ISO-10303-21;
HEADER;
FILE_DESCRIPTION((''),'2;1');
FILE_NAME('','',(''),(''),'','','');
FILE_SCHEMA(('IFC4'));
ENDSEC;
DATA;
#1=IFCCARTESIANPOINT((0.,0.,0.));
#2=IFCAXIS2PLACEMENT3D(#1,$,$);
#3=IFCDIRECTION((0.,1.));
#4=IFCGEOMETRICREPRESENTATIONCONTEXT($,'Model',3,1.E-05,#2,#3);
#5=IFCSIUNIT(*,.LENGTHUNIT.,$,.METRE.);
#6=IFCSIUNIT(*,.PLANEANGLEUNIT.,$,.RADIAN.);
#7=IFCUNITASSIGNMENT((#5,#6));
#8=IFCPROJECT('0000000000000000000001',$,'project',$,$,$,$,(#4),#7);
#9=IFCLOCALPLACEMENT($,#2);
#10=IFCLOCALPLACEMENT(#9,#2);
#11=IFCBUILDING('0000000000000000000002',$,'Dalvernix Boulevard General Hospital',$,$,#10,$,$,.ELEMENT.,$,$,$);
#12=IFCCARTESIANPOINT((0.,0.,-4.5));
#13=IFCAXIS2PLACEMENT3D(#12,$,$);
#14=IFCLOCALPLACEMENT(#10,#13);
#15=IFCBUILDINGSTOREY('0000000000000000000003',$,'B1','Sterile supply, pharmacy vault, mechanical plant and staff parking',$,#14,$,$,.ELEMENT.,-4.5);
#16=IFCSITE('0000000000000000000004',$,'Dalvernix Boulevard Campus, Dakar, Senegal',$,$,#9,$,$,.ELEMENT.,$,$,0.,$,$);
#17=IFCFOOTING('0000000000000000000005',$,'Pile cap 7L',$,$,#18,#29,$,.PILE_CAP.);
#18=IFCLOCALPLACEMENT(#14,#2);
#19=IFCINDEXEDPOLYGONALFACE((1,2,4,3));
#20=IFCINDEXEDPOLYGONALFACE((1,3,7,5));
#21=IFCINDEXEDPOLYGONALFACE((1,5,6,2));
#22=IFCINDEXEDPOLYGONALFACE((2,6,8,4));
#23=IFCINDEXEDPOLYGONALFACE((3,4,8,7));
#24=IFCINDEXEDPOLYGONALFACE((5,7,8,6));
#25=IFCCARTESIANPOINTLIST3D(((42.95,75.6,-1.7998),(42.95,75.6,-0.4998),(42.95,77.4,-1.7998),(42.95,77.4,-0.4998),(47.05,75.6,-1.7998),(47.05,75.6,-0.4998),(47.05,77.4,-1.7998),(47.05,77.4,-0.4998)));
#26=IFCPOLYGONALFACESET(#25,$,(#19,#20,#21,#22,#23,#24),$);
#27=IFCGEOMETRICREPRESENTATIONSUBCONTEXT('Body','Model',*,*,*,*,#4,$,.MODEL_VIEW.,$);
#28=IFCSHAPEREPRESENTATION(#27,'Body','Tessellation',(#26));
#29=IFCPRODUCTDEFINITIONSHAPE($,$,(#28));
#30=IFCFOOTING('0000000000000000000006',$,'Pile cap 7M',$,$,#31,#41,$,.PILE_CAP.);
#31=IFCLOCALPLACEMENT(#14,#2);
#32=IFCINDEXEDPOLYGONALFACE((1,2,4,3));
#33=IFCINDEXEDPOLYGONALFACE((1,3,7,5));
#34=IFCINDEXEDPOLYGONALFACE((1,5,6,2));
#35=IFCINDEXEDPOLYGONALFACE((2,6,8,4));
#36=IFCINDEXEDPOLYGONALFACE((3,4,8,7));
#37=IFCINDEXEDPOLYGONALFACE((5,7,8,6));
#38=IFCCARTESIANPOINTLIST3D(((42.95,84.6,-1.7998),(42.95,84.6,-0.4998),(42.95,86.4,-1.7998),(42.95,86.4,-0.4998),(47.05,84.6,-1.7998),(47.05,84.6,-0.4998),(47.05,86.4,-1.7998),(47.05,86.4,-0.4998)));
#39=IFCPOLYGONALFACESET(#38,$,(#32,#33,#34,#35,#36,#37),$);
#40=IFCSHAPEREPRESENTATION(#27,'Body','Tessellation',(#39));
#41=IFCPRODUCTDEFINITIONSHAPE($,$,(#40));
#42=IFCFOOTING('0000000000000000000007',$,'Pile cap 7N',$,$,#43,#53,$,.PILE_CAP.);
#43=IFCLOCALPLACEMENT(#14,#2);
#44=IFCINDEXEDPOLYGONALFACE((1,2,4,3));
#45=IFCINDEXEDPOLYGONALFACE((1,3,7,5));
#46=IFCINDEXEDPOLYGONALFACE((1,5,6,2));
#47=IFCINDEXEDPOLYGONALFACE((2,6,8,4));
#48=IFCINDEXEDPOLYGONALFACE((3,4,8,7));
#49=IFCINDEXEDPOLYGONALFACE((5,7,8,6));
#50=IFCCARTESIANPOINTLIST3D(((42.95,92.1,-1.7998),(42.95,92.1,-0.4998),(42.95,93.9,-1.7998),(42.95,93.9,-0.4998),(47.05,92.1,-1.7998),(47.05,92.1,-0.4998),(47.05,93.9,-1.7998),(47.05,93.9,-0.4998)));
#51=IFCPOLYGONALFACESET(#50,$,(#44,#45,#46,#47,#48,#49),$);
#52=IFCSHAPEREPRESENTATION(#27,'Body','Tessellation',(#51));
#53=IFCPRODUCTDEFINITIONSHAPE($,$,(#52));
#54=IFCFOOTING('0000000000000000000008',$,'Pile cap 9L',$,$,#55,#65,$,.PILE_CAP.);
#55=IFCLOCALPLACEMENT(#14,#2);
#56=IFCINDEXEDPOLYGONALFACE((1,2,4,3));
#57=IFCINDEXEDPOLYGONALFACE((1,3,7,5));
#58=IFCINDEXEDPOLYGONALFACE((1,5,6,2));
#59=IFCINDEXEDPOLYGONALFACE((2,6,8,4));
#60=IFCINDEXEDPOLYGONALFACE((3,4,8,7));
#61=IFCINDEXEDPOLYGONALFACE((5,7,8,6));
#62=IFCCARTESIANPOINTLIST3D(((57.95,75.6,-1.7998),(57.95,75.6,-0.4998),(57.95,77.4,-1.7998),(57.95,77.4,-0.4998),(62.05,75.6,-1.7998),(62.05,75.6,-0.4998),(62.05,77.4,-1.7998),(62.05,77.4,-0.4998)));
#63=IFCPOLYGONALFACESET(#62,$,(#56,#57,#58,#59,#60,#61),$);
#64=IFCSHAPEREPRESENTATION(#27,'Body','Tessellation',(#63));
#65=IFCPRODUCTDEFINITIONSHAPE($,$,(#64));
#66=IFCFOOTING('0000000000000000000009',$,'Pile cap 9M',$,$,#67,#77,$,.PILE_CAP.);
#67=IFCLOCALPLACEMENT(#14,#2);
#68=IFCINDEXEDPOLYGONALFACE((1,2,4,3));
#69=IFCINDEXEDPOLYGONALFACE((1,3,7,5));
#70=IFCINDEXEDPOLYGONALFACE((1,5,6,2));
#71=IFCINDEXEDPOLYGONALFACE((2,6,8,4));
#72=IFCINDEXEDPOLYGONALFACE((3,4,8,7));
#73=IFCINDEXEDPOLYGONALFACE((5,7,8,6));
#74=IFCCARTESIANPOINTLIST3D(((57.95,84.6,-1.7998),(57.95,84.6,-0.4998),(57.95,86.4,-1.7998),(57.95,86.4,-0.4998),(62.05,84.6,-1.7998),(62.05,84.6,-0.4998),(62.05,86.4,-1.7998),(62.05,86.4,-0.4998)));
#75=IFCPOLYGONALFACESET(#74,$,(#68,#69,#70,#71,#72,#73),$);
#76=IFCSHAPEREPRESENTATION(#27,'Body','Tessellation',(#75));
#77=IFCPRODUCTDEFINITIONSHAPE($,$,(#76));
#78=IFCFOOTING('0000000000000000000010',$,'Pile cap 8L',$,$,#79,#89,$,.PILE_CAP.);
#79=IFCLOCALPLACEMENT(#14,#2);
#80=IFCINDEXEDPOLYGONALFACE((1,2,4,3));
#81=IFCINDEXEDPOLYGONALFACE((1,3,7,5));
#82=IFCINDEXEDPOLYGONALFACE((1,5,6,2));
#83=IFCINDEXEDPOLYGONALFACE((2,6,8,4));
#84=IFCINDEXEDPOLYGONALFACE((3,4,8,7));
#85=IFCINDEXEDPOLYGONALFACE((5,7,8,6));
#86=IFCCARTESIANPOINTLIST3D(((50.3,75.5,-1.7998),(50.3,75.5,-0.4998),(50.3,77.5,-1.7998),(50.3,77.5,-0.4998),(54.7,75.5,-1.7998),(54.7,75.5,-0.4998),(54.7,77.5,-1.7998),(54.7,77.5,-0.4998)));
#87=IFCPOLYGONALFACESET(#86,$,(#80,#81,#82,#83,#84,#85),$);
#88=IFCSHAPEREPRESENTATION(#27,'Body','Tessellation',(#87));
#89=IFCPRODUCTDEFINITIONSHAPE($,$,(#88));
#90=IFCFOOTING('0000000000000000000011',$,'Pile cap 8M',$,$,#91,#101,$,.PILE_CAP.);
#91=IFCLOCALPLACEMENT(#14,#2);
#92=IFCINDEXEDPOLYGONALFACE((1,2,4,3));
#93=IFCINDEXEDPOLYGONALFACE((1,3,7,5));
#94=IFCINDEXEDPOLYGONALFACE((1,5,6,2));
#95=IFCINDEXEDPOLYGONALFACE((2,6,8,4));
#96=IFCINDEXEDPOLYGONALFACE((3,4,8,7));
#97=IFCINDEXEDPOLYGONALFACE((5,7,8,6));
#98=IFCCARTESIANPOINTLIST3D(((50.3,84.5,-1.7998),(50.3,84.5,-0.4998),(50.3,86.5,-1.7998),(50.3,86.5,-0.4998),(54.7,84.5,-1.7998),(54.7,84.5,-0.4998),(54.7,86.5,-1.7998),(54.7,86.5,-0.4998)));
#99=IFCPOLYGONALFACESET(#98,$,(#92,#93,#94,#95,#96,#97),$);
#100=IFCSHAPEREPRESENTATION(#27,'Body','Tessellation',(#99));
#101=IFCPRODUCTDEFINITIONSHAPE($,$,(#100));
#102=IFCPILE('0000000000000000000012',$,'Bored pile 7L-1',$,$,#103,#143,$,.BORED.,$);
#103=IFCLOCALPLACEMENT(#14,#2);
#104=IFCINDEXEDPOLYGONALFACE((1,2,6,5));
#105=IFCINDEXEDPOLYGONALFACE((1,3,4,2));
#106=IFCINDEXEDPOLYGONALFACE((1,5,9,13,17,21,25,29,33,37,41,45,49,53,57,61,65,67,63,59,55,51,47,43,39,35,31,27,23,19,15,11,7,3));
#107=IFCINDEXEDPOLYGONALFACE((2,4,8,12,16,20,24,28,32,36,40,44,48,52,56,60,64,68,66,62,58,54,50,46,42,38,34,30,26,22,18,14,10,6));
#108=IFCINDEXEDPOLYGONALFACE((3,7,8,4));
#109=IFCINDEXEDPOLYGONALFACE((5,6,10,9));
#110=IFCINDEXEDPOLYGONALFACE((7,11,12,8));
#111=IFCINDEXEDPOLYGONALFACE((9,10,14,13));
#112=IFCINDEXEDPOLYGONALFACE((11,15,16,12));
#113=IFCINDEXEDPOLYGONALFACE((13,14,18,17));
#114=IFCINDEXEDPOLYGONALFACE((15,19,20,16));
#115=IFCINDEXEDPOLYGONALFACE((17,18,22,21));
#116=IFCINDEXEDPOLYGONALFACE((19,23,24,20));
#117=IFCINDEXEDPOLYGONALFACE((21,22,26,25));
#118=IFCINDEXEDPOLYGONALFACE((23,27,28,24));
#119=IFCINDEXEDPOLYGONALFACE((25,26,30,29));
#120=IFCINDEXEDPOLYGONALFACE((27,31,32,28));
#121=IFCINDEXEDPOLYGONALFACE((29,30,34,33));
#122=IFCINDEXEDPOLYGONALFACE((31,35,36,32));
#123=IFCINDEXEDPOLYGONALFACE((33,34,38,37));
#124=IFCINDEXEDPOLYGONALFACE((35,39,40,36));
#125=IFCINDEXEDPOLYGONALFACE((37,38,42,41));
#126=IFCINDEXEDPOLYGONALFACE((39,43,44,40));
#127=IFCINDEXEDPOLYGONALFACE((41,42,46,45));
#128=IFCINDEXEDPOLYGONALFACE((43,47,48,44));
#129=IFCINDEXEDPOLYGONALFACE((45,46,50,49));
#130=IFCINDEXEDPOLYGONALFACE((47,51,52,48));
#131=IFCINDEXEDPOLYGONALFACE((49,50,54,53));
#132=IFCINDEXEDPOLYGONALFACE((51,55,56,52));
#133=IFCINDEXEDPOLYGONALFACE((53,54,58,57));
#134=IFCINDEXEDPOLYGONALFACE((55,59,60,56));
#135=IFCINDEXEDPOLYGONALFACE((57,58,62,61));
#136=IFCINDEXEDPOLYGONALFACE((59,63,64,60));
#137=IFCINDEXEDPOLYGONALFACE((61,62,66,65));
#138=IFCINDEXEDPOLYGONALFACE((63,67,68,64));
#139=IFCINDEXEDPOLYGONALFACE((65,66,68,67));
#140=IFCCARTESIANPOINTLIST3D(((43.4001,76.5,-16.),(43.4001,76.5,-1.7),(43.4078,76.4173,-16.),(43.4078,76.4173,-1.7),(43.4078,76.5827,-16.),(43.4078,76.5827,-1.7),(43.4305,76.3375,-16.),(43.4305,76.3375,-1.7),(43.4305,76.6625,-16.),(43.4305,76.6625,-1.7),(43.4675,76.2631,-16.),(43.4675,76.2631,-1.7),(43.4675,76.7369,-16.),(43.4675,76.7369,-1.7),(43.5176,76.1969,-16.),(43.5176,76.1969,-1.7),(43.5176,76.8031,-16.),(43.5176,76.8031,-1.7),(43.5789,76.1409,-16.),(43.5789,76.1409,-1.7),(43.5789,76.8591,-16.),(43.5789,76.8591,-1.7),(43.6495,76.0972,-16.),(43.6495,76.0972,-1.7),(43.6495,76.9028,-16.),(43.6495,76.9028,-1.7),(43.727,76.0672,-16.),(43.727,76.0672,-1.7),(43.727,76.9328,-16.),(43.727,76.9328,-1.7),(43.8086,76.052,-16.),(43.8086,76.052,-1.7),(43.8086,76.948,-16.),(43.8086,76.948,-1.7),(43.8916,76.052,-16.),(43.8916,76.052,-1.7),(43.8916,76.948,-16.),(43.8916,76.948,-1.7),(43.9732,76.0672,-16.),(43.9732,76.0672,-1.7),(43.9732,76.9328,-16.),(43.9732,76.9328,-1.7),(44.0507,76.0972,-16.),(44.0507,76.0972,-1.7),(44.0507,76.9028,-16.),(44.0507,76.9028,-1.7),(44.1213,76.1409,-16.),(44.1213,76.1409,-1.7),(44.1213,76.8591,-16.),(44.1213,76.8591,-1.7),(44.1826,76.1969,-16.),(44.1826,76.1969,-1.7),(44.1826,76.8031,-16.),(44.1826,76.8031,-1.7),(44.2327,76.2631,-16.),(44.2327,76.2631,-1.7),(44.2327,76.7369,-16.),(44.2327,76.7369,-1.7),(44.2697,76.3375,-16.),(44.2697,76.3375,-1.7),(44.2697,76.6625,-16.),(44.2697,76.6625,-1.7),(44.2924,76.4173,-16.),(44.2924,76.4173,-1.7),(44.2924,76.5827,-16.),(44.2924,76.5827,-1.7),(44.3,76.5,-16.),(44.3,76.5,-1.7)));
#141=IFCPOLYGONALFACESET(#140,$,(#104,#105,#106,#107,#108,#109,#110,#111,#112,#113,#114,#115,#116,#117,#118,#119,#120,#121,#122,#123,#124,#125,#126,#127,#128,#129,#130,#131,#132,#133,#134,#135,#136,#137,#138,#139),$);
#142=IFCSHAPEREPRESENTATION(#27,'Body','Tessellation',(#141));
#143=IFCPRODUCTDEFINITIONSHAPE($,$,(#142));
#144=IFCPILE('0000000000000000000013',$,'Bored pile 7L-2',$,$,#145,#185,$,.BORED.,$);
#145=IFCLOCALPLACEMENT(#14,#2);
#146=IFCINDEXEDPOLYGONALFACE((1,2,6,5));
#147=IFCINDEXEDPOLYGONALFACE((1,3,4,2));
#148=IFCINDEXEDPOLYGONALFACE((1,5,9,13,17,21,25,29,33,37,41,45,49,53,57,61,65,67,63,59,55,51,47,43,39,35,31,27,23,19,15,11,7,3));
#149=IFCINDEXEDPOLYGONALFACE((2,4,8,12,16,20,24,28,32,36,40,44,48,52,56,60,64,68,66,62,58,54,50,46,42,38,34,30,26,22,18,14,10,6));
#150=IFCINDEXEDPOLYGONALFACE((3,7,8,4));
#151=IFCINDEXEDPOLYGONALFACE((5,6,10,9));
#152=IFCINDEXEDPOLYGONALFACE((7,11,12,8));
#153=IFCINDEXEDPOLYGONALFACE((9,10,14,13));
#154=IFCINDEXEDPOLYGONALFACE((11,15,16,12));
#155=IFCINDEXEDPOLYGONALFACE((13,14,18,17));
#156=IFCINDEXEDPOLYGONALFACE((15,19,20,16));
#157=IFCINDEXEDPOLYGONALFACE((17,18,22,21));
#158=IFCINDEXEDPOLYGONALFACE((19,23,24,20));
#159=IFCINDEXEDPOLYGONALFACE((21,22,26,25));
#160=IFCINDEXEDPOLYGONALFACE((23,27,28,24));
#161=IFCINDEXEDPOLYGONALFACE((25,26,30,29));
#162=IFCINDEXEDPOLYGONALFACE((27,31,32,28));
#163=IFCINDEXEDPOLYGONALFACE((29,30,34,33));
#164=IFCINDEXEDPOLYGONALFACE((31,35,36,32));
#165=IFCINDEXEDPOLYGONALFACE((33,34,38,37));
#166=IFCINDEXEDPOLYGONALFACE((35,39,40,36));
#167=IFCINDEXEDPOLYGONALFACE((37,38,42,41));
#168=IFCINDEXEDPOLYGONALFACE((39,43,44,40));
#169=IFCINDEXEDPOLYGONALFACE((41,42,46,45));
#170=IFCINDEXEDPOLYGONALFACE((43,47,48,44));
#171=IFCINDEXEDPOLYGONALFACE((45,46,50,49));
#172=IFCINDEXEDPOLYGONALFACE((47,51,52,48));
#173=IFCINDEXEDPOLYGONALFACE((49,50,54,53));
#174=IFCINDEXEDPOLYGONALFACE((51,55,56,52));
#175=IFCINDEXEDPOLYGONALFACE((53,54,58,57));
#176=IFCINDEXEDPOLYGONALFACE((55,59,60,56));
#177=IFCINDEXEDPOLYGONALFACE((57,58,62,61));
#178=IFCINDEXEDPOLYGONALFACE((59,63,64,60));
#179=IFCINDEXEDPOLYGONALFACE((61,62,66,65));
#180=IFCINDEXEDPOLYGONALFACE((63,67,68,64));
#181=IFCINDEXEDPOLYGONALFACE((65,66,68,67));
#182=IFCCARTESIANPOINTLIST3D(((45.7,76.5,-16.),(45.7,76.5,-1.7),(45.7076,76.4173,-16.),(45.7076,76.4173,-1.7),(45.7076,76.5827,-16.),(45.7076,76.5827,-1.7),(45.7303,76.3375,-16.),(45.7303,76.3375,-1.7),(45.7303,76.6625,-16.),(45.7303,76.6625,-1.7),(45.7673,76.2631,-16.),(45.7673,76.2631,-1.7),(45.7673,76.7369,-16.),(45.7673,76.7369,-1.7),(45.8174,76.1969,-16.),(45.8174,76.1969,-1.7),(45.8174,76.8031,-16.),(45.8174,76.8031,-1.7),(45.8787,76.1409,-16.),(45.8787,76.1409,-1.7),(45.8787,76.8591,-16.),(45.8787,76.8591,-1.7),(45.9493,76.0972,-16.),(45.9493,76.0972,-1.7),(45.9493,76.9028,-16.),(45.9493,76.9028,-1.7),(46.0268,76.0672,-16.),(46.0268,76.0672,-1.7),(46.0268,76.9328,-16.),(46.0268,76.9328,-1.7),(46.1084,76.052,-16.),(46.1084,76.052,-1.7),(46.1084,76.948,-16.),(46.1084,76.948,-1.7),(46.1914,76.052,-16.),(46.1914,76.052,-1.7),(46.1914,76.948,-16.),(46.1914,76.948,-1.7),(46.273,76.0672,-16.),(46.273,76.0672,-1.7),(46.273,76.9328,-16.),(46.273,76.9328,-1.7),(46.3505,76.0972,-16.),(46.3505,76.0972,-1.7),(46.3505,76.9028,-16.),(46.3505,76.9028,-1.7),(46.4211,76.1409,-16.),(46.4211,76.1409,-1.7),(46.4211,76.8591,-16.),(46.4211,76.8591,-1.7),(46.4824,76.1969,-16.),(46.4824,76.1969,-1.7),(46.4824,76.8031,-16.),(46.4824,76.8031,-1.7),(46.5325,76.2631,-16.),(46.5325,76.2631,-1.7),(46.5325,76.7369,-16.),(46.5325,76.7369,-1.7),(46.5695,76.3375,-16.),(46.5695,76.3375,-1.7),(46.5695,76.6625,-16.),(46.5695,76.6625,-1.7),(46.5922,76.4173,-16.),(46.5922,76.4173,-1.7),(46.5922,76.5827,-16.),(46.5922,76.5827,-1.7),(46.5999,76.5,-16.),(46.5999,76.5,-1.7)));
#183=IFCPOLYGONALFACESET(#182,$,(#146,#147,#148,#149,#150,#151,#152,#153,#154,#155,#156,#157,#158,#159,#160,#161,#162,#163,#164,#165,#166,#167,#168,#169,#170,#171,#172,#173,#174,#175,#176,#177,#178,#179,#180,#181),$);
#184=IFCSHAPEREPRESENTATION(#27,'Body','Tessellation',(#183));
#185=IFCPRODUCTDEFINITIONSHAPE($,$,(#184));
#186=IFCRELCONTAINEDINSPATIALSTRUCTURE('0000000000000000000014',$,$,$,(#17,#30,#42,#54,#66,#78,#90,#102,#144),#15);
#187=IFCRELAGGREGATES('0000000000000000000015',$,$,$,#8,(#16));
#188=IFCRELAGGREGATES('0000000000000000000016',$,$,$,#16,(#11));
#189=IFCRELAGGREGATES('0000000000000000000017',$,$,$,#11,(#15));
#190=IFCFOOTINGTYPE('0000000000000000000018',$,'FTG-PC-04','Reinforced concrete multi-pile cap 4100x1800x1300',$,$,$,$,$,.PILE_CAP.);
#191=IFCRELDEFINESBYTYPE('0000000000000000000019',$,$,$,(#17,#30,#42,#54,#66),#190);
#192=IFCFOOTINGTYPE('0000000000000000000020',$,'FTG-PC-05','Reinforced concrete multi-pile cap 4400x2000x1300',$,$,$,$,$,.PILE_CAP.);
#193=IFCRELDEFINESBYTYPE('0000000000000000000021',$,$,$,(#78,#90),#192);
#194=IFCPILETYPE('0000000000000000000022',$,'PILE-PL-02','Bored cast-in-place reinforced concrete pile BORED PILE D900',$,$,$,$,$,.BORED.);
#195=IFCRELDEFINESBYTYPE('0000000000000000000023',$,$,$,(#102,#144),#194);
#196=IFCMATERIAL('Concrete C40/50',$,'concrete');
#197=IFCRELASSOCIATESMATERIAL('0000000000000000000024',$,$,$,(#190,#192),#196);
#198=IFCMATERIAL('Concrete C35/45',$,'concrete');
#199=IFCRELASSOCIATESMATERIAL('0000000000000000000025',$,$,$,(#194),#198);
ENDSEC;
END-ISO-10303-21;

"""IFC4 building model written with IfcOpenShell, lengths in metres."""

from ifc_helpers import new_model, si_unit, direction, frame, origin, origin_2d, place, context, subcontext, project, spatial, rectangle, circle, extrude, material, material_profile, profile_set, type_object, element, save


model = new_model("IFC4")

# Units and contexts
model_context = context("Model", 3, precision=1e-05, world=origin(), true_north=direction((0.0, 1.0)))
body_context = subcontext(model_context, "Body", "Model", "MODEL_VIEW")
ifc_project = project(units=[si_unit("LENGTHUNIT", "METRE"), si_unit("PLANEANGLEUNIT", "RADIAN")], contexts=[model_context])

# Site, building, storey
site_placement = place(None, origin())
site = spatial("IfcSite", under=ifc_project, at=site_placement, Name="Dalvernix Boulevard Campus, Dakar, Senegal", CompositionType="ELEMENT", RefElevation=0.0)
building_placement = place(site_placement, origin())
building = spatial("IfcBuilding", under=site, at=building_placement, Name="Dalvernix Boulevard General Hospital", CompositionType="ELEMENT")
storey_placement = place(building_placement, frame((0.0, 0.0, -4.5)))
storey = spatial("IfcBuildingStorey", under=building, at=storey_placement, Name="B1", Description="Sterile supply, pharmacy vault, mechanical plant and staff parking", CompositionType="ELEMENT", Elevation=-4.5)

# Footings
ifc_material_1 = material(Name="Concrete C35/45", Category="concrete")
ifc_material_2 = material(Name="Concrete C40/50", Category="concrete")
footing_type_1 = type_object("IfcFootingType", Name="FTG-PC-04", Description="Reinforced concrete multi-pile cap 4100x1800x1300", PredefinedType="PILE_CAP", material=ifc_material_2)
for number, where, z_axis, x_axis, name in (
    (1, (45.0, 76.5, -1.7998), (0.0, 0.0, 1.0), (1.0, 0.0, 0.0), "Pile cap 7L"),
    (2, (45.0, 85.5, -1.7998), (0.0, 0.0, 1.0), (1.0, 0.0, 0.0), "Pile cap 7M"),
    (3, (45.0, 93.0, -1.7998), (0.0, 0.0, 1.0), (1.0, 0.0, 0.0), "Pile cap 7N"),
    (4, (60.0, 76.5, -1.7998), (0.0, 0.0, 1.0), (1.0, 0.0, 0.0), "Pile cap 9L"),
    (5, (60.0, 85.5, -1.7998), (0.0, 0.0, 1.0), (1.0, 0.0, 0.0), "Pile cap 9M"),
):
    element("IfcFooting", number, at=place(storey_placement, frame(where, z_axis=z_axis, x_axis=x_axis)), inside=storey, type_object=footing_type_1, Name=name, PredefinedType="PILE_CAP", context=body_context, shape_type="SweptSolid", body=[
        extrude(rectangle(XDim=4.1001, YDim=1.8, at=origin_2d()), origin(), (0.0, 0.0, 1.0), 1.3),
    ])
footing_type_2 = type_object("IfcFootingType", Name="FTG-PC-05", Description="Reinforced concrete multi-pile cap 4400x2000x1300", PredefinedType="PILE_CAP", material=ifc_material_2)
for number, where, z_axis, x_axis, name in (
    (6, (52.5, 76.5, -1.7998), (0.0, 0.0, 1.0), (1.0, 0.0, 0.0), "Pile cap 8L"),
    (7, (52.5, 85.5, -1.7998), (0.0, 0.0, 1.0), (1.0, 0.0, 0.0), "Pile cap 8M"),
):
    element("IfcFooting", number, at=place(storey_placement, frame(where, z_axis=z_axis, x_axis=x_axis)), inside=storey, type_object=footing_type_2, Name=name, PredefinedType="PILE_CAP", context=body_context, shape_type="SweptSolid", body=[
        extrude(rectangle(XDim=4.3999, YDim=2.0, at=origin_2d()), origin(), (0.0, 0.0, 1.0), 1.3),
    ])

# Piles
ifc_material_profile_1 = material_profile(ifc_material_1, circle(Radius=0.45, at=origin_2d()), Name="BORED PILE D900")
ifc_profile_set_1 = profile_set([ifc_material_profile_1], Name="Concrete C35/45")
pile_type = type_object("IfcPileType", Name="PILE-PL-02", Description="Bored cast-in-place reinforced concrete pile BORED PILE D900", PredefinedType="BORED", material=ifc_profile_set_1)
for number, where, z_axis, x_axis, name in (
    (8, (43.8501, 76.5, -1.7), (0.0, 0.0, -1.0), (1.0, 0.0, 0.0), "Bored pile 7L-1"),
    (9, (46.1499, 76.5, -1.7), (0.0, 0.0, -1.0), (1.0, 0.0, 0.0), "Bored pile 7L-2"),
):
    element("IfcPile", number, at=place(storey_placement, frame(where, z_axis=z_axis, x_axis=x_axis)), inside=storey, type_object=pile_type, Name=name, PredefinedType="BORED", context=body_context, shape_type="SweptSolid", body=[
        extrude(circle(Radius=0.45, at=origin_2d()), origin(), (0.0, 0.0, 1.0), 14.3),
    ])

save(model, "model.ifc")
